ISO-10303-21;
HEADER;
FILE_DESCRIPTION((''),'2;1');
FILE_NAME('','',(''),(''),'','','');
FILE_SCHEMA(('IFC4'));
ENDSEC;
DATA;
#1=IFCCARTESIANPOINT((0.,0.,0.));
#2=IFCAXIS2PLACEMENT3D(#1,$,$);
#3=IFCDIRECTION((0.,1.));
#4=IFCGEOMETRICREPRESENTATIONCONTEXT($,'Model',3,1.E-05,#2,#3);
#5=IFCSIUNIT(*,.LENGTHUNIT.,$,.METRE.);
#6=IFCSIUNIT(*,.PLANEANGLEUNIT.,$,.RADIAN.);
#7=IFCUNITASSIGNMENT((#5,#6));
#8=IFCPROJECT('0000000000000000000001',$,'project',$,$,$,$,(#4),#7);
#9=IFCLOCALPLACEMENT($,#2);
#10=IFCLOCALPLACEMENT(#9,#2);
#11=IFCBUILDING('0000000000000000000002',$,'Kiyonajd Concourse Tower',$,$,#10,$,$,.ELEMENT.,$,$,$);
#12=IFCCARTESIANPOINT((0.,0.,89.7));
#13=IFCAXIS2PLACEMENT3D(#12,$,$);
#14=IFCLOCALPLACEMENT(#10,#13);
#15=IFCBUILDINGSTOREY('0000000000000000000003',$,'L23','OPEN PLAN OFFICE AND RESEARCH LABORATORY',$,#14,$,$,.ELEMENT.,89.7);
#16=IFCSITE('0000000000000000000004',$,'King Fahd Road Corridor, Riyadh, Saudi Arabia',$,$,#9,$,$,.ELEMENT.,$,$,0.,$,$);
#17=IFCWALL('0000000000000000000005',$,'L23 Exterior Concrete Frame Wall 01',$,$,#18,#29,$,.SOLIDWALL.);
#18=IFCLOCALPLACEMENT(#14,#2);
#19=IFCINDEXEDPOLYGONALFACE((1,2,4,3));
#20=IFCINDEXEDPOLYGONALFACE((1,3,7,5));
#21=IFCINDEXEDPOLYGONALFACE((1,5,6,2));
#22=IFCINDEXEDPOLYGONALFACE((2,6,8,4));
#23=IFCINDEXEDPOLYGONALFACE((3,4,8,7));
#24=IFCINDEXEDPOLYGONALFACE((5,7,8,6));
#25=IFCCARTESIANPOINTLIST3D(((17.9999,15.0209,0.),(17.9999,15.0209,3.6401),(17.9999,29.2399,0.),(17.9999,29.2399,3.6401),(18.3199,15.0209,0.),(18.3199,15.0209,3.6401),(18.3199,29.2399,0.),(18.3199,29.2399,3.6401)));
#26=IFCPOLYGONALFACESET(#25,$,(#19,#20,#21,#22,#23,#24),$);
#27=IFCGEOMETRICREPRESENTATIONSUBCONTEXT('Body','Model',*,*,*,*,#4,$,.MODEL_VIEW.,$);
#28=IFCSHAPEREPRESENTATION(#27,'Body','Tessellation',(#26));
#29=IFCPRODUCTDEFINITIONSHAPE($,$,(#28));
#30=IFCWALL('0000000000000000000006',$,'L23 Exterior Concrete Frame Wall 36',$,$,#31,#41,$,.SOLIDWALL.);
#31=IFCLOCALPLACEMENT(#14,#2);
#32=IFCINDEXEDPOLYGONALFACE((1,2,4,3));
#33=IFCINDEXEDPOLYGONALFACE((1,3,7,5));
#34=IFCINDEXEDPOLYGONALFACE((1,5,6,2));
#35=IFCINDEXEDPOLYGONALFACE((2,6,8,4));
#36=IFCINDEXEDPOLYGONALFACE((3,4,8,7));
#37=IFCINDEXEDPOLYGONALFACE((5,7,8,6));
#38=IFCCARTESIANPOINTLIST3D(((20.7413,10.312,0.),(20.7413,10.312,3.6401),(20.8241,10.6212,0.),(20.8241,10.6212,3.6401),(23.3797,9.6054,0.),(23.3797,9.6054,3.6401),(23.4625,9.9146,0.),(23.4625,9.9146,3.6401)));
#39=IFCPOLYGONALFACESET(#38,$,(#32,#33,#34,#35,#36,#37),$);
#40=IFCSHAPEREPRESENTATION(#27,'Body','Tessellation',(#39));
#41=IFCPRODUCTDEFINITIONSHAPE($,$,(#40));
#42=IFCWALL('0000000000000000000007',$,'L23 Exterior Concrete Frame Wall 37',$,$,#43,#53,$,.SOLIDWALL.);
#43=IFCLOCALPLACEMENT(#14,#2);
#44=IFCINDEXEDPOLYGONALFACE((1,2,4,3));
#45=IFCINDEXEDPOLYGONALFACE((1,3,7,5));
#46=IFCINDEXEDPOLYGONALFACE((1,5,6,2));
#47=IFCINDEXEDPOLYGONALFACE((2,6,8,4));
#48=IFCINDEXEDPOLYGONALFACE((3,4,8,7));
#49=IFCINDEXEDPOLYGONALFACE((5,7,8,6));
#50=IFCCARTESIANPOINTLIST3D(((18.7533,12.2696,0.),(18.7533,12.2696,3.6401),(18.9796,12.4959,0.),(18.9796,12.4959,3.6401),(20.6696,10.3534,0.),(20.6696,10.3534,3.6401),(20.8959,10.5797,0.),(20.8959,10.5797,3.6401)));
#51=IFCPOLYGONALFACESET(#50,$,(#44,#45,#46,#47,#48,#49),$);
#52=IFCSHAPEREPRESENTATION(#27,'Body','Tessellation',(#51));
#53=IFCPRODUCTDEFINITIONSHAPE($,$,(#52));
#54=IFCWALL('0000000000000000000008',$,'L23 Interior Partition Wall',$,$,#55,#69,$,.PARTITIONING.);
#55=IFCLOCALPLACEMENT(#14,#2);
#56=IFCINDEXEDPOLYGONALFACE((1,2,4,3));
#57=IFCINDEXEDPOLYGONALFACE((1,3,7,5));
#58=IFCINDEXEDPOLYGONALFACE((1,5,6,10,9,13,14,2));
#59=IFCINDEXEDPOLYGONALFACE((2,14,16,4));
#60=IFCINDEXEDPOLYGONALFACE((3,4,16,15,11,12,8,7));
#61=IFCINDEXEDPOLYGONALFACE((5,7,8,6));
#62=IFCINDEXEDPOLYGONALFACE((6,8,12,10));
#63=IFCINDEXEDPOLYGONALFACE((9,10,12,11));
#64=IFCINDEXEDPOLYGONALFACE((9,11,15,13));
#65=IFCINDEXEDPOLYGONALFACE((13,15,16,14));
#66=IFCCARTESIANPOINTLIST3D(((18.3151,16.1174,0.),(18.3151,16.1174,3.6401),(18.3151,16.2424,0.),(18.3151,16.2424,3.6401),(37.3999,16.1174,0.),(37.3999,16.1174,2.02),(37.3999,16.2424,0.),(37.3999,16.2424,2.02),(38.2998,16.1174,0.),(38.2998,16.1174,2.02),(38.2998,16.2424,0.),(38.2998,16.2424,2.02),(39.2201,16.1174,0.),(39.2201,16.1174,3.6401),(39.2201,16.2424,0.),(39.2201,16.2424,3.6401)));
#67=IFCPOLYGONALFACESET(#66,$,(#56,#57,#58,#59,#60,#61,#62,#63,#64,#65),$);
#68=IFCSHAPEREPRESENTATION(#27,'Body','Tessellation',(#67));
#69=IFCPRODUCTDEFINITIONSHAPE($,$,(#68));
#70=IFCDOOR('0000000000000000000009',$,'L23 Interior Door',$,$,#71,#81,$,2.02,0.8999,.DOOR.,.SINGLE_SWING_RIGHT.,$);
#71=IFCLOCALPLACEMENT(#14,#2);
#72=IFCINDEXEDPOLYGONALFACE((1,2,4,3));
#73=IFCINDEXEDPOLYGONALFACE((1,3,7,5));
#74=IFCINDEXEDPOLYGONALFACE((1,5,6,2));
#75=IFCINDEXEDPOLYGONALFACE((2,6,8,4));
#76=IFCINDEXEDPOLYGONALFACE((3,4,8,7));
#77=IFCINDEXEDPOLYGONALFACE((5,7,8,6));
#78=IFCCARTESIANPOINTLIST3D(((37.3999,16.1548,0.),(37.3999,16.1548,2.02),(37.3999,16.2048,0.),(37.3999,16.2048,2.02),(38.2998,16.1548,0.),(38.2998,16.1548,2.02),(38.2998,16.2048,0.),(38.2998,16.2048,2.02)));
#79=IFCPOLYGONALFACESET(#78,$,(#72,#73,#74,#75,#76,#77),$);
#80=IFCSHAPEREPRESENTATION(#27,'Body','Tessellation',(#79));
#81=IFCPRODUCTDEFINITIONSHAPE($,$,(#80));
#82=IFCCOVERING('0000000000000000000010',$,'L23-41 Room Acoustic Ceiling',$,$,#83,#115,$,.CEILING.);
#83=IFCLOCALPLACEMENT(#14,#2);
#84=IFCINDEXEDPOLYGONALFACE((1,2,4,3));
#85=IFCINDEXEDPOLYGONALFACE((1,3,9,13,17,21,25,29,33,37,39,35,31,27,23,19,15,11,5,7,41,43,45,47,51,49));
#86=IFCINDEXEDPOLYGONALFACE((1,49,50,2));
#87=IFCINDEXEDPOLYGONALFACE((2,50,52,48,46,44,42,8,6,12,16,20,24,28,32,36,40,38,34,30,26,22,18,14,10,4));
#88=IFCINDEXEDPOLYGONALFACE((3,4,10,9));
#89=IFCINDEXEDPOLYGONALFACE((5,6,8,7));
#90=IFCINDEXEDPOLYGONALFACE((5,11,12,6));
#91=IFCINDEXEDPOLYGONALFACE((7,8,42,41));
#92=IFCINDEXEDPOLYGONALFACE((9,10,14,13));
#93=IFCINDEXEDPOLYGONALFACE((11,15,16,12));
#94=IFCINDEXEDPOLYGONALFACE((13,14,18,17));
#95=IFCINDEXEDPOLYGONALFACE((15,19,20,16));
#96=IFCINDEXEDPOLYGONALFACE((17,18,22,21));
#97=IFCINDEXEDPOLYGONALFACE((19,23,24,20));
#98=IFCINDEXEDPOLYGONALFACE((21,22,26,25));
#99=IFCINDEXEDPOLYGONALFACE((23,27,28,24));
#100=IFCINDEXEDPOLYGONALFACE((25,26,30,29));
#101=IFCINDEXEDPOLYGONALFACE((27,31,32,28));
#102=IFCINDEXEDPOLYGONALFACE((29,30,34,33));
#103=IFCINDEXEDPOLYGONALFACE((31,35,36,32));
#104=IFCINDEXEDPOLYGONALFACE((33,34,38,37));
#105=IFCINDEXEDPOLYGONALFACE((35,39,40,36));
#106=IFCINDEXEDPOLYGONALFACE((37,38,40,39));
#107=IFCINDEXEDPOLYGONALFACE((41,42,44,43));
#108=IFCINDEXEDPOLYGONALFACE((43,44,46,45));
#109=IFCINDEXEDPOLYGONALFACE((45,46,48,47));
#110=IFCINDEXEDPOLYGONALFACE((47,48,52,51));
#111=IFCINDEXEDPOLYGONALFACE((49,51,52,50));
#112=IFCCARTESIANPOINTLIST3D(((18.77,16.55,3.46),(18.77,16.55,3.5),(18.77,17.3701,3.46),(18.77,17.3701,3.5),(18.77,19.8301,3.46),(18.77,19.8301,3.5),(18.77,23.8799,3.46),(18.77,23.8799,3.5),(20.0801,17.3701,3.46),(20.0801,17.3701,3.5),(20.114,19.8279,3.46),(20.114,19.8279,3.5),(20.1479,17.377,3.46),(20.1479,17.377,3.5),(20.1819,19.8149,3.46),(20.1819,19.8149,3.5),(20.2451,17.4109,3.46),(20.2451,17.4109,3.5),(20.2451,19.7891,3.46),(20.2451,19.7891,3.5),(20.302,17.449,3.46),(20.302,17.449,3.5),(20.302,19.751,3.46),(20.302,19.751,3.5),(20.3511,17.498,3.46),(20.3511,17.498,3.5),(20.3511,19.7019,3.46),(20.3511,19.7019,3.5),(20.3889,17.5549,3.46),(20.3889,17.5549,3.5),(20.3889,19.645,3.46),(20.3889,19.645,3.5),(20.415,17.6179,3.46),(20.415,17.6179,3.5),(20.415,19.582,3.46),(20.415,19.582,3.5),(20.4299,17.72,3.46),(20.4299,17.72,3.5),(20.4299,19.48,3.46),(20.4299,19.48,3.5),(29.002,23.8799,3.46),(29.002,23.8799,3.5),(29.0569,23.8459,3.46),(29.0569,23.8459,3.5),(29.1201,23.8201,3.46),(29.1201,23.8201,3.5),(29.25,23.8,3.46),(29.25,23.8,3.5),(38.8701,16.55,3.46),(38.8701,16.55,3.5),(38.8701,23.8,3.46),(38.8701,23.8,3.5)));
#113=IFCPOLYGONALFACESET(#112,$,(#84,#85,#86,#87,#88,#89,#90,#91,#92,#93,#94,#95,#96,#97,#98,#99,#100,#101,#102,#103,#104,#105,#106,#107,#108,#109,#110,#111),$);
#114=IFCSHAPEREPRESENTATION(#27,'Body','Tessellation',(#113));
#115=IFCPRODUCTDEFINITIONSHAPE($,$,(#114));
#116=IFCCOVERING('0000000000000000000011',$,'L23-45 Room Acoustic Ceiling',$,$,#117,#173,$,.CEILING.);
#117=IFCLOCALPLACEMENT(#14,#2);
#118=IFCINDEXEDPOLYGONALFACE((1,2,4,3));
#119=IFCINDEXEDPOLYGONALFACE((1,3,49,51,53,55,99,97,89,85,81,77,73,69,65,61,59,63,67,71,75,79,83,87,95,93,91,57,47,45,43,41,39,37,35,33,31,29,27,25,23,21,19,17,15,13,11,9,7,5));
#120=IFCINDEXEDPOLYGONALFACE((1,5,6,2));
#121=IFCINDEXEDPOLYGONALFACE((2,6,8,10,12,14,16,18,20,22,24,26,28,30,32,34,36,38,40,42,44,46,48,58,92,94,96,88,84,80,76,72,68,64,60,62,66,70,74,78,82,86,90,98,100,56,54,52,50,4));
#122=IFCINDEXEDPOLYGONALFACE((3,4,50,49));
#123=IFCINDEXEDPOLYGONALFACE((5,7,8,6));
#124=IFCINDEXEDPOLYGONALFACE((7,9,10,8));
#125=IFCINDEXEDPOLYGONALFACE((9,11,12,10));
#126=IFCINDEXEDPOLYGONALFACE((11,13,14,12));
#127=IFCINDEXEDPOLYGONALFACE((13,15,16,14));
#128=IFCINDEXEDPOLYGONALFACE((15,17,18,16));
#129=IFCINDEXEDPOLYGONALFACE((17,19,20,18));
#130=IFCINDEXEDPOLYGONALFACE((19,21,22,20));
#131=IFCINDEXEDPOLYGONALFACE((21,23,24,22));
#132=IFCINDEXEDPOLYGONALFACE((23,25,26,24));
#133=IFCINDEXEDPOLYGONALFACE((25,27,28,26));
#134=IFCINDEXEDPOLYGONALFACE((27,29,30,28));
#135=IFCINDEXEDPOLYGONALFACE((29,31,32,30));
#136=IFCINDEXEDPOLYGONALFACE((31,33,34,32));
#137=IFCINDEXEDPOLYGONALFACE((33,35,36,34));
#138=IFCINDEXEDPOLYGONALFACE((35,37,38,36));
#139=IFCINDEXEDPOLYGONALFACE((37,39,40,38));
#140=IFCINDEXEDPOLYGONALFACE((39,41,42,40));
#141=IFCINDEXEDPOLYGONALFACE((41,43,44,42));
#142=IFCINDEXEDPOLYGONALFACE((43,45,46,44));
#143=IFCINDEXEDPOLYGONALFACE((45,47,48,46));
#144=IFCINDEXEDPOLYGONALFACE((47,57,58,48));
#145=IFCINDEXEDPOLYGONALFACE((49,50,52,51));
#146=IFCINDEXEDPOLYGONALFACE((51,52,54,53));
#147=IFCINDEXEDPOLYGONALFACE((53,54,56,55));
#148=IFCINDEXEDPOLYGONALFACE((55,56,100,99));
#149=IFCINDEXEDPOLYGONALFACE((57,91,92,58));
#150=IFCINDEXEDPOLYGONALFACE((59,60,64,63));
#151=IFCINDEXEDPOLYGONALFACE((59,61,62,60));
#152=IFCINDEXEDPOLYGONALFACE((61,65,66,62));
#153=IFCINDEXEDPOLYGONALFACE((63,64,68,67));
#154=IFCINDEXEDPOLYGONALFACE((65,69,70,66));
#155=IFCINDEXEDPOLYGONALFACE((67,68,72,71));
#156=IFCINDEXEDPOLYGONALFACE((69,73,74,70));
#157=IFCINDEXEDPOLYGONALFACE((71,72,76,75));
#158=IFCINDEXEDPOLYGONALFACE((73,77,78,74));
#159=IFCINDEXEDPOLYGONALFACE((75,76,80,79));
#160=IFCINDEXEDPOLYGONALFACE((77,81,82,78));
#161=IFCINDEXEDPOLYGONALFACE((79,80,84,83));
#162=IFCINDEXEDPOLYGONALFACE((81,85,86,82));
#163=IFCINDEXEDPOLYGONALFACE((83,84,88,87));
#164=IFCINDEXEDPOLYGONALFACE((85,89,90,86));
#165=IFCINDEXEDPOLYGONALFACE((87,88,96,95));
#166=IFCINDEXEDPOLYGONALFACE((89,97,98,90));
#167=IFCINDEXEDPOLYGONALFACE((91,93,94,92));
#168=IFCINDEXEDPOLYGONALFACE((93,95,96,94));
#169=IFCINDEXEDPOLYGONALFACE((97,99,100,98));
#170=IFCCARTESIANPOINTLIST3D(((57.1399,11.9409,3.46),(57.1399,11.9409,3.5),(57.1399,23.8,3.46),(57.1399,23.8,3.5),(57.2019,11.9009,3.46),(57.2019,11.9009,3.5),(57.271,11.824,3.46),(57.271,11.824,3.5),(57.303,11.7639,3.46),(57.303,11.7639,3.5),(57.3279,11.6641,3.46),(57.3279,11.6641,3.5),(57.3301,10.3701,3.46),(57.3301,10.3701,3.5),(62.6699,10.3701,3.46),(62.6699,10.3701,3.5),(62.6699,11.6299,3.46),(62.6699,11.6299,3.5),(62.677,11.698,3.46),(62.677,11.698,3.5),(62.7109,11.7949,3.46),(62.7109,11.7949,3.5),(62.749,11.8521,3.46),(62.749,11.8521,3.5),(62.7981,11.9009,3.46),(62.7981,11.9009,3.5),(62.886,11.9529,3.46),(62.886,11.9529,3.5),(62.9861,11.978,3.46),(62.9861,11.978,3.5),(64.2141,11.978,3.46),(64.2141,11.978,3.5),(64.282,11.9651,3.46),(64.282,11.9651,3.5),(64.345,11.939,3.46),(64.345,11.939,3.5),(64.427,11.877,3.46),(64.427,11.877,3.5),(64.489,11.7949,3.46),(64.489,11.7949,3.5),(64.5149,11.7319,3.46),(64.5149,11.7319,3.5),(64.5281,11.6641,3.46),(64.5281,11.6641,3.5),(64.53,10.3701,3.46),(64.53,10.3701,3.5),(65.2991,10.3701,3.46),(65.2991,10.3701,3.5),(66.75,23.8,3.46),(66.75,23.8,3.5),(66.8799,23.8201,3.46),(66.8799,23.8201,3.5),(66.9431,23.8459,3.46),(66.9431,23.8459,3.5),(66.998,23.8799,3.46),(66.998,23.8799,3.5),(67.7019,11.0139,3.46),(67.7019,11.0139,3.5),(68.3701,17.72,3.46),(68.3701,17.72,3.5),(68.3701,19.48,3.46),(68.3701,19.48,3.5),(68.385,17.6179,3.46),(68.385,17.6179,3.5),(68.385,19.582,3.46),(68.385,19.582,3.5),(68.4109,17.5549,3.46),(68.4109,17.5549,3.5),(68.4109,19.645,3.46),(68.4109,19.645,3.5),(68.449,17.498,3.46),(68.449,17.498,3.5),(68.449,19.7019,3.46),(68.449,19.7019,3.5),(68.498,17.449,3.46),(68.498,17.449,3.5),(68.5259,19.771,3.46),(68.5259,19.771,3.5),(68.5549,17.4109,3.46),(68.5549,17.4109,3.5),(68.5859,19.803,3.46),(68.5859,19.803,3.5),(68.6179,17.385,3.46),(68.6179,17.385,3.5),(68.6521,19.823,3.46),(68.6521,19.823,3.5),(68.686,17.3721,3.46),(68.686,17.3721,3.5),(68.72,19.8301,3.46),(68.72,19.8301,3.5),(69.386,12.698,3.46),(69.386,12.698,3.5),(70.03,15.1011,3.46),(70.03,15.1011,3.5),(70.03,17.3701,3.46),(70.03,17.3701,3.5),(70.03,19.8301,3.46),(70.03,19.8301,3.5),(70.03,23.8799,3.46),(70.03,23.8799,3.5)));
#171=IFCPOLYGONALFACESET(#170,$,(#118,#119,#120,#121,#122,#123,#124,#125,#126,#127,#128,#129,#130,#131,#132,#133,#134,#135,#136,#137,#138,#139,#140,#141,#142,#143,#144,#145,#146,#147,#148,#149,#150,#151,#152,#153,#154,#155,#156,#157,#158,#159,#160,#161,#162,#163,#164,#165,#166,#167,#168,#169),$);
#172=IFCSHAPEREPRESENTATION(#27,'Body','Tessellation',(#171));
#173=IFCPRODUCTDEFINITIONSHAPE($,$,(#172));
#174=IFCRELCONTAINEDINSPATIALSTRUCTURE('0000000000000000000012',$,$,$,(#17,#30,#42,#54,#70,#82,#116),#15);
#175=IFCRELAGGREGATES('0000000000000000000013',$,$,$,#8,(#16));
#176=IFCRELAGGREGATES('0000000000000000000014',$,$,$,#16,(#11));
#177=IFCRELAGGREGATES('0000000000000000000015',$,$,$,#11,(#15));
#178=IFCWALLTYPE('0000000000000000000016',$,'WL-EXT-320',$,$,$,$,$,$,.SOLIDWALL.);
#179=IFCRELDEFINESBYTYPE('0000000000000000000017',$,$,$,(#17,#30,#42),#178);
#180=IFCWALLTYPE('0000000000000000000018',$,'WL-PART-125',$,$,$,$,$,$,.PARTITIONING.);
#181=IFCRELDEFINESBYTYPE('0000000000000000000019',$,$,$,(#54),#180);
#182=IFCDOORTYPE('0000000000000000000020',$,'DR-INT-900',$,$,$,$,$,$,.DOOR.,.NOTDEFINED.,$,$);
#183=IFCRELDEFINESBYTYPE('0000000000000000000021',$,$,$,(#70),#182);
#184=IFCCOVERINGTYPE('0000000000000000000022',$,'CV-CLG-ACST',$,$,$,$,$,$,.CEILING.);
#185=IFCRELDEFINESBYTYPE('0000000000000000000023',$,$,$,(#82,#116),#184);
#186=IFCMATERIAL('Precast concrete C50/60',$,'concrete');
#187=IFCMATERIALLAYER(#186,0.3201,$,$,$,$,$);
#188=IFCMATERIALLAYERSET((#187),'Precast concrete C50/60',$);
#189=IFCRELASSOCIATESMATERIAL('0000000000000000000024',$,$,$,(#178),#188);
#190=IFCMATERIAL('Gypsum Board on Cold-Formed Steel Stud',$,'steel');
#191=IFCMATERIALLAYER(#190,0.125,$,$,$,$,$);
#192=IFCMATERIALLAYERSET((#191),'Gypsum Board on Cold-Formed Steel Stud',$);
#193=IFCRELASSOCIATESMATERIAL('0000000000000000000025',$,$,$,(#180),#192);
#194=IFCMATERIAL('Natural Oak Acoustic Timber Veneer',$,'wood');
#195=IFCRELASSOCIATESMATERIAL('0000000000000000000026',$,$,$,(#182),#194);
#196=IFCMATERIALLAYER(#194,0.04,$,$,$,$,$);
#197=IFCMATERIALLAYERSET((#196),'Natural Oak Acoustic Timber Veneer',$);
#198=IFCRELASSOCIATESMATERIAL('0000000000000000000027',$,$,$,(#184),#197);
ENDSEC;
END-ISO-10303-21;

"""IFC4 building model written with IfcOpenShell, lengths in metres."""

from ifc_helpers import new_model, si_unit, direction, frame, frame_2d, origin, place, context, subcontext, project, spatial, polyline, rectangle, outline, extrude, material, layer, layer_set, type_object, element, fill, save


model = new_model("IFC4")

# Units and contexts
model_context = context("Model", 3, precision=1e-05, world=origin(), true_north=direction((0.0, 1.0)))
body_context = subcontext(model_context, "Body", "Model", "MODEL_VIEW")
ifc_project = project(units=[si_unit("LENGTHUNIT", "METRE"), si_unit("PLANEANGLEUNIT", "RADIAN")], contexts=[model_context])

# Site, building, storey
site_placement = place(None, origin())
site = spatial("IfcSite", under=ifc_project, at=site_placement, Name="King Fahd Road Corridor, Riyadh, Saudi Arabia", CompositionType="ELEMENT", RefElevation=0.0)
building_placement = place(site_placement, origin())
building = spatial("IfcBuilding", under=site, at=building_placement, Name="Kiyonajd Concourse Tower", CompositionType="ELEMENT")
storey_placement = place(building_placement, frame((0.0, 0.0, 89.7)))
storey = spatial("IfcBuildingStorey", under=building, at=storey_placement, Name="L23", Description="OPEN PLAN OFFICE AND RESEARCH LABORATORY", CompositionType="ELEMENT", Elevation=89.7)

# Shared definitions
ifc_material_1 = material(Name="Precast concrete C50/60", Category="concrete")

# Walls
ifc_layer_1 = layer(ifc_material_1, 0.3201)
ifc_layer_set_1 = layer_set([ifc_layer_1], Name="Precast concrete C50/60")
wall_type_1 = type_object("IfcWallType", Name="WL-EXT-320", PredefinedType="SOLIDWALL", material=ifc_layer_set_1)
wall_1_placement = place(storey_placement, frame((18.1599, 15.021, 0.0), z_axis=(0.0, 0.0, 1.0), x_axis=(0.0, 1.0, 0.0)))
element("IfcWall", 1, at=wall_1_placement, inside=storey, type_object=wall_type_1, Name="L23 Exterior Concrete Frame Wall 01", PredefinedType="SOLIDWALL", context=body_context, shape_type="SweptSolid", body=[
    extrude(rectangle(XDim=14.219, YDim=0.3201, at=frame_2d((7.1094, 0.0))), origin(), (0.0, 0.0, 1.0), 3.6401),
])
wall_2_placement = place(storey_placement, frame((23.4211, 9.76, 0.0), z_axis=(0.0, 0.0, 1.0), x_axis=(-0.965964, 0.258675, 0.0)))
element("IfcWall", 2, at=wall_2_placement, inside=storey, type_object=wall_type_1, Name="L23 Exterior Concrete Frame Wall 36", PredefinedType="SOLIDWALL", context=body_context, shape_type="SweptSolid", body=[
    extrude(rectangle(XDim=2.7314, YDim=0.3201, at=frame_2d((1.3657, 0.0))), origin(), (0.0, 0.0, 1.0), 3.6401),
])
wall_3_placement = place(storey_placement, frame((20.7827, 10.4666, 0.0), z_axis=(0.0, 0.0, 1.0), x_axis=(-0.707107, 0.707107, 0.0)))
element("IfcWall", 3, at=wall_3_placement, inside=storey, type_object=wall_type_1, Name="L23 Exterior Concrete Frame Wall 37", PredefinedType="SOLIDWALL", context=body_context, shape_type="SweptSolid", body=[
    extrude(rectangle(XDim=2.71, YDim=0.3201, at=frame_2d((1.355, 0.0))), origin(), (0.0, 0.0, 1.0), 3.6401),
])

# Wall, opening, door
ifc_material_2 = material(Name="Gypsum Board on Cold-Formed Steel Stud", Category="steel")
ifc_layer_2 = layer(ifc_material_2, 0.125)
ifc_layer_set_2 = layer_set([ifc_layer_2], Name="Gypsum Board on Cold-Formed Steel Stud")
wall_type_2 = type_object("IfcWallType", Name="WL-PART-125", PredefinedType="PARTITIONING", material=ifc_layer_set_2)
wall_4_placement = place(storey_placement, frame((18.3149, 16.1799, 0.0), z_axis=(0.0, 0.0, 1.0), x_axis=(1.0, 0.0, 0.0)))
wall_4 = element("IfcWall", 4, at=wall_4_placement, inside=storey, type_object=wall_type_2, Name="L23 Interior Partition Wall", PredefinedType="PARTITIONING", context=body_context, shape_type="SweptSolid", body=[
    extrude(rectangle(XDim=20.905, YDim=0.125, at=frame_2d((10.4526, 0.0))), origin(), (0.0, 0.0, 1.0), 3.6401),
])
opening_placement = place(wall_4_placement, frame((19.085, 0.0, 0.0)))
opening = element("IfcOpeningElement", 5, at=opening_placement, cuts=wall_4, PredefinedType="OPENING", context=body_context, shape_type="SweptSolid", body=[
    extrude(rectangle(XDim=0.8999, YDim=2.02, at=frame_2d((0.45, 1.01))), frame((0.0, 0.0725, 0.0), z_axis=(0.0, -1.0, 0.0), x_axis=(1.0, 0.0, 0.0)), (0.0, 0.0, 1.0), 0.145),
])
ifc_material_3 = material(Name="Natural Oak Acoustic Timber Veneer", Category="wood")
door_type = type_object("IfcDoorType", Name="DR-INT-900", OperationType="NOTDEFINED", PredefinedType="DOOR", material=ifc_material_3)
door_placement = place(opening_placement, origin())
door = element("IfcDoor", 6, at=door_placement, inside=storey, type_object=door_type, Name="L23 Interior Door", OperationType="SINGLE_SWING_RIGHT", OverallHeight=2.02, OverallWidth=0.8999, PredefinedType="DOOR", context=body_context, shape_type="SweptSolid", body=[
    extrude(rectangle(XDim=0.8999, YDim=2.02, at=frame_2d((0.45, 1.01))), frame((0.0, 0.0249, 0.0), z_axis=(0.0, -1.0, 0.0), x_axis=(1.0, 0.0, 0.0)), (0.0, 0.0, 1.0), 0.05),
])
fill(opening, door)

# Coverings
ifc_layer_3 = layer(ifc_material_3, 0.04)
ifc_layer_set_3 = layer_set([ifc_layer_3], Name="Natural Oak Acoustic Timber Veneer")
covering_type = type_object("IfcCoveringType", Name="CV-CLG-ACST", PredefinedType="CEILING", material=ifc_layer_set_3)
covering_1_placement = place(storey_placement, frame((0.0, 0.0, 3.46)))
element("IfcCovering", 7, at=covering_1_placement, inside=storey, type_object=covering_type, Name="L23-41 Room Acoustic Ceiling", PredefinedType="CEILING", context=body_context, shape_type="SweptSolid", body=[
    extrude(outline(polyline([(29.002, 23.8799), (29.0569, 23.8459), (29.1201, 23.8201), (29.25, 23.8), (38.8701, 23.8), (38.8701, 16.55), (18.77, 16.55), (18.77, 17.3701), (20.0801, 17.3701), (20.1479, 17.377), (20.2451, 17.4109), (20.302, 17.449), (20.3511, 17.498), (20.3889, 17.5549), (20.415, 17.6179), (20.4299, 17.72), (20.4299, 19.48), (20.415, 19.582), (20.3889, 19.645), (20.3511, 19.7019), (20.302, 19.751), (20.2451, 19.7891), (20.1819, 19.8149), (20.114, 19.8279), (18.77, 19.8301), (18.77, 23.8799), (29.002, 23.8799)])), origin(), (0.0, 0.0, 1.0), 0.04),
])
covering_2_placement = place(storey_placement, frame((0.0, 0.0, 3.46)))
element("IfcCovering", 8, at=covering_2_placement, inside=storey, type_object=covering_type, Name="L23-45 Room Acoustic Ceiling", PredefinedType="CEILING", context=body_context, shape_type="SweptSolid", body=[
    extrude(outline(polyline([(57.1399, 11.9409), (57.1399, 23.8), (66.75, 23.8), (66.8799, 23.8201), (66.9431, 23.8459), (66.998, 23.8799), (70.03, 23.8799), (70.03, 19.8301), (68.72, 19.8301), (68.6521, 19.823), (68.5859, 19.803), (68.5259, 19.771), (68.449, 19.7019), (68.4109, 19.645), (68.385, 19.582), (68.3701, 19.48), (68.3701, 17.72), (68.385, 17.6179), (68.4109, 17.5549), (68.449, 17.498), (68.498, 17.449), (68.5549, 17.4109), (68.6179, 17.385), (68.686, 17.3721), (70.03, 17.3701), (70.03, 15.1011), (69.386, 12.698), (67.7019, 11.0139), (65.2991, 10.3701), (64.53, 10.3701), (64.5281, 11.6641), (64.5149, 11.7319), (64.489, 11.7949), (64.427, 11.877), (64.345, 11.939), (64.282, 11.9651), (64.2141, 11.978), (62.9861, 11.978), (62.886, 11.9529), (62.7981, 11.9009), (62.749, 11.8521), (62.7109, 11.7949), (62.677, 11.698), (62.6699, 11.6299), (62.6699, 10.3701), (57.3301, 10.3701), (57.3279, 11.6641), (57.303, 11.7639), (57.271, 11.824), (57.2019, 11.9009), (57.1399, 11.9409)])), origin(), (0.0, 0.0, 1.0), 0.04),
])

save(model, "model.ifc")
